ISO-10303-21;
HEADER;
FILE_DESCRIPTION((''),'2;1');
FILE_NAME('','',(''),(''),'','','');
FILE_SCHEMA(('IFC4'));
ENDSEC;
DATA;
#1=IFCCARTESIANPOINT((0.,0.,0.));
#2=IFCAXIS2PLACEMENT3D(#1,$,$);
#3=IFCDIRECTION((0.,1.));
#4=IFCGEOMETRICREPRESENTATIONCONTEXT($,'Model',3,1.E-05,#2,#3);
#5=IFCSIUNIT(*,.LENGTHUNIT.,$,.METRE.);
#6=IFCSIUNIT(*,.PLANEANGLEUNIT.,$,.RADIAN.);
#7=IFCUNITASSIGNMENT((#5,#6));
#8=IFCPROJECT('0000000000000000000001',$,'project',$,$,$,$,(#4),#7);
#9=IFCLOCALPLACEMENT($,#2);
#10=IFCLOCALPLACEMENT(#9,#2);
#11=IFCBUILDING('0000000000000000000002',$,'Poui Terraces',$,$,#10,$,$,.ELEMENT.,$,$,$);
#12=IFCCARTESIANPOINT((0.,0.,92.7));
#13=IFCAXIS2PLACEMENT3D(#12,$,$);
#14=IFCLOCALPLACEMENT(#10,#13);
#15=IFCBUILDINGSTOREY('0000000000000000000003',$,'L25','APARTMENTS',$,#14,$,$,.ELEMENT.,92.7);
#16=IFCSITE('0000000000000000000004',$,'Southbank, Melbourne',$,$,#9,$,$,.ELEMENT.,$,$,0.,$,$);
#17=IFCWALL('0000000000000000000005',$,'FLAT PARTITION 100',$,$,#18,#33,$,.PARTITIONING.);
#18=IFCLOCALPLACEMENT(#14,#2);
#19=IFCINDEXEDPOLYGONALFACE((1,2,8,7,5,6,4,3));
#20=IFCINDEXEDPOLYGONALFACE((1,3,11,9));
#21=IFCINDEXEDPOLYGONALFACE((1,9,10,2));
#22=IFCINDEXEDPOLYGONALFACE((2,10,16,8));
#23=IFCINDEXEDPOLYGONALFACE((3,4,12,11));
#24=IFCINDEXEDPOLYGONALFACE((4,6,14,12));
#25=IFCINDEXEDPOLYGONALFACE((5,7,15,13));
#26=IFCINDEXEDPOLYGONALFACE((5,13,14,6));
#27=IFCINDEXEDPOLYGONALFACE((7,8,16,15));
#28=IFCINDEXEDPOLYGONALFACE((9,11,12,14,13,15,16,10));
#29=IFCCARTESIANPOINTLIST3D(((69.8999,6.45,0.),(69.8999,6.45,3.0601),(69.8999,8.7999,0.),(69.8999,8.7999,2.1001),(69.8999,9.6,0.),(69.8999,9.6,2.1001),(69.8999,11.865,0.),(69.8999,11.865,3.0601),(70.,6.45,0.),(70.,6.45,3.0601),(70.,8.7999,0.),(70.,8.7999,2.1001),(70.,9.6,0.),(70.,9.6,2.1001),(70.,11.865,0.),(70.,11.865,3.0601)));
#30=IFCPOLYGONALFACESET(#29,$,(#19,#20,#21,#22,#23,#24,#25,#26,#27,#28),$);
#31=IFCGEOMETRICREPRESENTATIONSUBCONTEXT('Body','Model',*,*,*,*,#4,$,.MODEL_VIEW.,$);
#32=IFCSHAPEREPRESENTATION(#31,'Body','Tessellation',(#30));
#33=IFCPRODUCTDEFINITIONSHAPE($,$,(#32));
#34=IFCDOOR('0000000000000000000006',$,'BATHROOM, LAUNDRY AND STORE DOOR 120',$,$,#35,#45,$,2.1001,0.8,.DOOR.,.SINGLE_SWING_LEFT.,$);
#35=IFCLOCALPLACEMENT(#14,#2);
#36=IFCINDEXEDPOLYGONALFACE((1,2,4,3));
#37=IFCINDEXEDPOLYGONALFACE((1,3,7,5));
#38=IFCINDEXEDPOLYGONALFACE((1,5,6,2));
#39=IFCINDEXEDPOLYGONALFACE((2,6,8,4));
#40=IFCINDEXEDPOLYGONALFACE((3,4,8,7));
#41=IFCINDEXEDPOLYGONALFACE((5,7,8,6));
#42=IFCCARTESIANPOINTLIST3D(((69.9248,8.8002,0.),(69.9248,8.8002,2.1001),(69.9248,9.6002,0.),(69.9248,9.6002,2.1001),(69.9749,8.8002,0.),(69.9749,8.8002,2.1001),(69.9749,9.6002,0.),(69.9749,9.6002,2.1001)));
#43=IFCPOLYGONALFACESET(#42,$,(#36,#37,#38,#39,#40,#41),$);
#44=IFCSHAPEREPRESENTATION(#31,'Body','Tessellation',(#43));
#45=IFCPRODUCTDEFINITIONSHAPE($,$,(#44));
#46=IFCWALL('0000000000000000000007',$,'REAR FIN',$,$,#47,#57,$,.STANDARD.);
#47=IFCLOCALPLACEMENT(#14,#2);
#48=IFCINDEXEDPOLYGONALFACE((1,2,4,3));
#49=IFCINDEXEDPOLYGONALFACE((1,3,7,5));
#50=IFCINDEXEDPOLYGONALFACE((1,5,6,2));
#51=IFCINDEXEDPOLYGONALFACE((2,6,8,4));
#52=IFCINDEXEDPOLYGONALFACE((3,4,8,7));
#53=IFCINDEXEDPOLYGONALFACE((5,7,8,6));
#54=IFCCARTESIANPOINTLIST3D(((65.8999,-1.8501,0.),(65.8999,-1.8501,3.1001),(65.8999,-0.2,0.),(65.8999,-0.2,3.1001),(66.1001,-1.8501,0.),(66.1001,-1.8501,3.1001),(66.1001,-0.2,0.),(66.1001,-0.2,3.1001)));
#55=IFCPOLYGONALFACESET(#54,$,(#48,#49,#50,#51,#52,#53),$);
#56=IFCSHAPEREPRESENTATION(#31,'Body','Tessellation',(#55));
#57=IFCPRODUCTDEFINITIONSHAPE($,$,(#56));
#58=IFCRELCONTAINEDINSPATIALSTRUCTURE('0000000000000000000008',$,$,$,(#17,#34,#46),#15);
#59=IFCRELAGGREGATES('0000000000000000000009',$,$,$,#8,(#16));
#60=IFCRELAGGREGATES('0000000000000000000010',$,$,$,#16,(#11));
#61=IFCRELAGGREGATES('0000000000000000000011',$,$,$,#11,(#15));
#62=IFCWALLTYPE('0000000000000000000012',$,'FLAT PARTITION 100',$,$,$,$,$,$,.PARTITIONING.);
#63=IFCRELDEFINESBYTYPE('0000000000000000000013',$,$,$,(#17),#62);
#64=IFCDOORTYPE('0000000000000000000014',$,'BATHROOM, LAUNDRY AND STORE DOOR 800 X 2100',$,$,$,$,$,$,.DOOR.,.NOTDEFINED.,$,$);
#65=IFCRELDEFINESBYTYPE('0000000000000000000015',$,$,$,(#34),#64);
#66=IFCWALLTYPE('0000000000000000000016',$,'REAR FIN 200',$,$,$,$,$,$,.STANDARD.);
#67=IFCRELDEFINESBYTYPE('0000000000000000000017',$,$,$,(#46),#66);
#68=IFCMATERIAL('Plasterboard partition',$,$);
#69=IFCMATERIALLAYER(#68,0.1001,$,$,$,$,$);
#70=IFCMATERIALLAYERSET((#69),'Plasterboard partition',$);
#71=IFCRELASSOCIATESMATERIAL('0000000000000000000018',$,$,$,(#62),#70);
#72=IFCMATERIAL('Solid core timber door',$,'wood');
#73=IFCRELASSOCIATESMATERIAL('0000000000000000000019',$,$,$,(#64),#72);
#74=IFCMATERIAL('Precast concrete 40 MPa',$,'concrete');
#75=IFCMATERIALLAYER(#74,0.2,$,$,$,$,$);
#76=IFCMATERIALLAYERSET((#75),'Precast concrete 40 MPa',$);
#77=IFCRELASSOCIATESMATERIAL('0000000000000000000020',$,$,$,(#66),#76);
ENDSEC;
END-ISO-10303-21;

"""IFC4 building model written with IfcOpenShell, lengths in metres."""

from ifc_helpers import new_model, si_unit, direction, frame, frame_2d, origin, place, context, subcontext, project, spatial, polyline, rectangle, outline, extrude, source, transform, mapped, material, layer, layer_set, type_object, element, fill, save


model = new_model("IFC4")

# Units and contexts
model_context = context("Model", 3, precision=1e-05, world=origin(), true_north=direction((0.0, 1.0)))
body_context = subcontext(model_context, "Body", "Model", "MODEL_VIEW")
ifc_project = project(units=[si_unit("LENGTHUNIT", "METRE"), si_unit("PLANEANGLEUNIT", "RADIAN")], contexts=[model_context])

# Site, building, storey
site_placement = place(None, origin())
site = spatial("IfcSite", under=ifc_project, at=site_placement, Name="Southbank, Melbourne", CompositionType="ELEMENT", RefElevation=0.0)
building_placement = place(site_placement, origin())
building = spatial("IfcBuilding", under=site, at=building_placement, Name="Poui Terraces", CompositionType="ELEMENT")
storey_placement = place(building_placement, frame((0.0, 0.0, 92.7)))
storey = spatial("IfcBuildingStorey", under=building, at=storey_placement, Name="L25", Description="APARTMENTS", CompositionType="ELEMENT", Elevation=92.7)

# Shared definitions
ifc_material_1 = material(Name="Plasterboard partition")
ifc_layer_1 = layer(ifc_material_1, 0.1001)
ifc_layer_set_1 = layer_set([ifc_layer_1], Name="Plasterboard partition")
wall_type_1 = type_object("IfcWallType", Name="FLAT PARTITION 100", PredefinedType="PARTITIONING", material=ifc_layer_set_1)

# Shared definitions
ifc_material_2 = material(Name="Solid core timber door", Category="wood")
door_type_1 = type_object("IfcDoorType", Name="BATHROOM, LAUNDRY AND STORE DOOR 800 X 2100", OperationType="NOTDEFINED", PredefinedType="DOOR", material=ifc_material_2)

# Wall, opening, door
wall_1_placement = place(storey_placement, frame((69.95, 6.45, 0.0), z_axis=(0.0, 0.0, 1.0), x_axis=(0.0, 1.0, 0.0)))
wall_1 = element("IfcWall", 1, at=wall_1_placement, inside=storey, type_object=wall_type_1, Name="FLAT PARTITION 100", PredefinedType="PARTITIONING", context=body_context, shape_type="SweptSolid", body=[
    extrude(rectangle(XDim=5.415, YDim=0.1001, at=frame_2d((2.7075, 0.0))), origin(), (0.0, 0.0, 1.0), 3.0601),
])
opening_1_placement = place(wall_1_placement, frame((2.3501, 0.0, 0.0)))
opening_1 = element("IfcOpeningElement", 2, at=opening_1_placement, cuts=wall_1, PredefinedType="OPENING", context=body_context, shape_type="SweptSolid", body=[
    extrude(rectangle(XDim=0.8, YDim=2.1001, at=frame_2d((0.3999, 1.05))), frame((0.0, 0.0601, 0.0), z_axis=(0.0, -1.0, 0.0), x_axis=(1.0, 0.0, 0.0)), (0.0, 0.0, 1.0), 0.1201),
])
door_1_placement = place(opening_1_placement, frame((0.8, 0.0, 0.0), z_axis=(0.0, 0.0, 1.0), x_axis=(-1.0, 0.0, 0.0)))
door_1 = element("IfcDoor", 3, at=door_1_placement, inside=storey, type_object=door_type_1, Name="BATHROOM, LAUNDRY AND STORE DOOR 120", OperationType="SINGLE_SWING_LEFT", OverallHeight=2.1001, OverallWidth=0.8, PredefinedType="DOOR", context=body_context, shape_type="SweptSolid", body=[
    extrude(rectangle(XDim=0.8, YDim=2.1001, at=frame_2d((0.3999, 1.05))), frame((0.0, 0.0249, 0.0), z_axis=(0.0, -1.0, 0.0), x_axis=(1.0, 0.0, 0.0)), (0.0, 0.0, 1.0), 0.05),
])
fill(opening_1, door_1)

# Wall
ifc_material_3 = material(Name="Precast concrete 40 MPa", Category="concrete")
ifc_layer_2 = layer(ifc_material_3, 0.2)
ifc_layer_set_2 = layer_set([ifc_layer_2], Name="Precast concrete 40 MPa")
wall_type_2 = type_object("IfcWallType", Name="REAR FIN 200", PredefinedType="STANDARD", material=ifc_layer_set_2)
shared_shape_1 = source(origin(), body_context, "Body", "SweptSolid", [
    extrude(outline(polyline([(0.0, 0.0), (0.2002, 0.0), (0.2002, 1.6501), (0.0, 1.6501), (0.0, 0.0)])), origin(), (0.0, 0.0, 1.0), 3.1001),
])
wall_2_placement = place(storey_placement, frame((65.8999, -1.8501, 0.0)))
element("IfcWall", 4, at=wall_2_placement, inside=storey, type_object=wall_type_2, Name="REAR FIN", PredefinedType="STANDARD", context=body_context, shape_type="MappedRepresentation", body=[
    mapped(shared_shape_1, transform((0.0, 0.0, 0.0))),
])

save(model, "model.ifc")
